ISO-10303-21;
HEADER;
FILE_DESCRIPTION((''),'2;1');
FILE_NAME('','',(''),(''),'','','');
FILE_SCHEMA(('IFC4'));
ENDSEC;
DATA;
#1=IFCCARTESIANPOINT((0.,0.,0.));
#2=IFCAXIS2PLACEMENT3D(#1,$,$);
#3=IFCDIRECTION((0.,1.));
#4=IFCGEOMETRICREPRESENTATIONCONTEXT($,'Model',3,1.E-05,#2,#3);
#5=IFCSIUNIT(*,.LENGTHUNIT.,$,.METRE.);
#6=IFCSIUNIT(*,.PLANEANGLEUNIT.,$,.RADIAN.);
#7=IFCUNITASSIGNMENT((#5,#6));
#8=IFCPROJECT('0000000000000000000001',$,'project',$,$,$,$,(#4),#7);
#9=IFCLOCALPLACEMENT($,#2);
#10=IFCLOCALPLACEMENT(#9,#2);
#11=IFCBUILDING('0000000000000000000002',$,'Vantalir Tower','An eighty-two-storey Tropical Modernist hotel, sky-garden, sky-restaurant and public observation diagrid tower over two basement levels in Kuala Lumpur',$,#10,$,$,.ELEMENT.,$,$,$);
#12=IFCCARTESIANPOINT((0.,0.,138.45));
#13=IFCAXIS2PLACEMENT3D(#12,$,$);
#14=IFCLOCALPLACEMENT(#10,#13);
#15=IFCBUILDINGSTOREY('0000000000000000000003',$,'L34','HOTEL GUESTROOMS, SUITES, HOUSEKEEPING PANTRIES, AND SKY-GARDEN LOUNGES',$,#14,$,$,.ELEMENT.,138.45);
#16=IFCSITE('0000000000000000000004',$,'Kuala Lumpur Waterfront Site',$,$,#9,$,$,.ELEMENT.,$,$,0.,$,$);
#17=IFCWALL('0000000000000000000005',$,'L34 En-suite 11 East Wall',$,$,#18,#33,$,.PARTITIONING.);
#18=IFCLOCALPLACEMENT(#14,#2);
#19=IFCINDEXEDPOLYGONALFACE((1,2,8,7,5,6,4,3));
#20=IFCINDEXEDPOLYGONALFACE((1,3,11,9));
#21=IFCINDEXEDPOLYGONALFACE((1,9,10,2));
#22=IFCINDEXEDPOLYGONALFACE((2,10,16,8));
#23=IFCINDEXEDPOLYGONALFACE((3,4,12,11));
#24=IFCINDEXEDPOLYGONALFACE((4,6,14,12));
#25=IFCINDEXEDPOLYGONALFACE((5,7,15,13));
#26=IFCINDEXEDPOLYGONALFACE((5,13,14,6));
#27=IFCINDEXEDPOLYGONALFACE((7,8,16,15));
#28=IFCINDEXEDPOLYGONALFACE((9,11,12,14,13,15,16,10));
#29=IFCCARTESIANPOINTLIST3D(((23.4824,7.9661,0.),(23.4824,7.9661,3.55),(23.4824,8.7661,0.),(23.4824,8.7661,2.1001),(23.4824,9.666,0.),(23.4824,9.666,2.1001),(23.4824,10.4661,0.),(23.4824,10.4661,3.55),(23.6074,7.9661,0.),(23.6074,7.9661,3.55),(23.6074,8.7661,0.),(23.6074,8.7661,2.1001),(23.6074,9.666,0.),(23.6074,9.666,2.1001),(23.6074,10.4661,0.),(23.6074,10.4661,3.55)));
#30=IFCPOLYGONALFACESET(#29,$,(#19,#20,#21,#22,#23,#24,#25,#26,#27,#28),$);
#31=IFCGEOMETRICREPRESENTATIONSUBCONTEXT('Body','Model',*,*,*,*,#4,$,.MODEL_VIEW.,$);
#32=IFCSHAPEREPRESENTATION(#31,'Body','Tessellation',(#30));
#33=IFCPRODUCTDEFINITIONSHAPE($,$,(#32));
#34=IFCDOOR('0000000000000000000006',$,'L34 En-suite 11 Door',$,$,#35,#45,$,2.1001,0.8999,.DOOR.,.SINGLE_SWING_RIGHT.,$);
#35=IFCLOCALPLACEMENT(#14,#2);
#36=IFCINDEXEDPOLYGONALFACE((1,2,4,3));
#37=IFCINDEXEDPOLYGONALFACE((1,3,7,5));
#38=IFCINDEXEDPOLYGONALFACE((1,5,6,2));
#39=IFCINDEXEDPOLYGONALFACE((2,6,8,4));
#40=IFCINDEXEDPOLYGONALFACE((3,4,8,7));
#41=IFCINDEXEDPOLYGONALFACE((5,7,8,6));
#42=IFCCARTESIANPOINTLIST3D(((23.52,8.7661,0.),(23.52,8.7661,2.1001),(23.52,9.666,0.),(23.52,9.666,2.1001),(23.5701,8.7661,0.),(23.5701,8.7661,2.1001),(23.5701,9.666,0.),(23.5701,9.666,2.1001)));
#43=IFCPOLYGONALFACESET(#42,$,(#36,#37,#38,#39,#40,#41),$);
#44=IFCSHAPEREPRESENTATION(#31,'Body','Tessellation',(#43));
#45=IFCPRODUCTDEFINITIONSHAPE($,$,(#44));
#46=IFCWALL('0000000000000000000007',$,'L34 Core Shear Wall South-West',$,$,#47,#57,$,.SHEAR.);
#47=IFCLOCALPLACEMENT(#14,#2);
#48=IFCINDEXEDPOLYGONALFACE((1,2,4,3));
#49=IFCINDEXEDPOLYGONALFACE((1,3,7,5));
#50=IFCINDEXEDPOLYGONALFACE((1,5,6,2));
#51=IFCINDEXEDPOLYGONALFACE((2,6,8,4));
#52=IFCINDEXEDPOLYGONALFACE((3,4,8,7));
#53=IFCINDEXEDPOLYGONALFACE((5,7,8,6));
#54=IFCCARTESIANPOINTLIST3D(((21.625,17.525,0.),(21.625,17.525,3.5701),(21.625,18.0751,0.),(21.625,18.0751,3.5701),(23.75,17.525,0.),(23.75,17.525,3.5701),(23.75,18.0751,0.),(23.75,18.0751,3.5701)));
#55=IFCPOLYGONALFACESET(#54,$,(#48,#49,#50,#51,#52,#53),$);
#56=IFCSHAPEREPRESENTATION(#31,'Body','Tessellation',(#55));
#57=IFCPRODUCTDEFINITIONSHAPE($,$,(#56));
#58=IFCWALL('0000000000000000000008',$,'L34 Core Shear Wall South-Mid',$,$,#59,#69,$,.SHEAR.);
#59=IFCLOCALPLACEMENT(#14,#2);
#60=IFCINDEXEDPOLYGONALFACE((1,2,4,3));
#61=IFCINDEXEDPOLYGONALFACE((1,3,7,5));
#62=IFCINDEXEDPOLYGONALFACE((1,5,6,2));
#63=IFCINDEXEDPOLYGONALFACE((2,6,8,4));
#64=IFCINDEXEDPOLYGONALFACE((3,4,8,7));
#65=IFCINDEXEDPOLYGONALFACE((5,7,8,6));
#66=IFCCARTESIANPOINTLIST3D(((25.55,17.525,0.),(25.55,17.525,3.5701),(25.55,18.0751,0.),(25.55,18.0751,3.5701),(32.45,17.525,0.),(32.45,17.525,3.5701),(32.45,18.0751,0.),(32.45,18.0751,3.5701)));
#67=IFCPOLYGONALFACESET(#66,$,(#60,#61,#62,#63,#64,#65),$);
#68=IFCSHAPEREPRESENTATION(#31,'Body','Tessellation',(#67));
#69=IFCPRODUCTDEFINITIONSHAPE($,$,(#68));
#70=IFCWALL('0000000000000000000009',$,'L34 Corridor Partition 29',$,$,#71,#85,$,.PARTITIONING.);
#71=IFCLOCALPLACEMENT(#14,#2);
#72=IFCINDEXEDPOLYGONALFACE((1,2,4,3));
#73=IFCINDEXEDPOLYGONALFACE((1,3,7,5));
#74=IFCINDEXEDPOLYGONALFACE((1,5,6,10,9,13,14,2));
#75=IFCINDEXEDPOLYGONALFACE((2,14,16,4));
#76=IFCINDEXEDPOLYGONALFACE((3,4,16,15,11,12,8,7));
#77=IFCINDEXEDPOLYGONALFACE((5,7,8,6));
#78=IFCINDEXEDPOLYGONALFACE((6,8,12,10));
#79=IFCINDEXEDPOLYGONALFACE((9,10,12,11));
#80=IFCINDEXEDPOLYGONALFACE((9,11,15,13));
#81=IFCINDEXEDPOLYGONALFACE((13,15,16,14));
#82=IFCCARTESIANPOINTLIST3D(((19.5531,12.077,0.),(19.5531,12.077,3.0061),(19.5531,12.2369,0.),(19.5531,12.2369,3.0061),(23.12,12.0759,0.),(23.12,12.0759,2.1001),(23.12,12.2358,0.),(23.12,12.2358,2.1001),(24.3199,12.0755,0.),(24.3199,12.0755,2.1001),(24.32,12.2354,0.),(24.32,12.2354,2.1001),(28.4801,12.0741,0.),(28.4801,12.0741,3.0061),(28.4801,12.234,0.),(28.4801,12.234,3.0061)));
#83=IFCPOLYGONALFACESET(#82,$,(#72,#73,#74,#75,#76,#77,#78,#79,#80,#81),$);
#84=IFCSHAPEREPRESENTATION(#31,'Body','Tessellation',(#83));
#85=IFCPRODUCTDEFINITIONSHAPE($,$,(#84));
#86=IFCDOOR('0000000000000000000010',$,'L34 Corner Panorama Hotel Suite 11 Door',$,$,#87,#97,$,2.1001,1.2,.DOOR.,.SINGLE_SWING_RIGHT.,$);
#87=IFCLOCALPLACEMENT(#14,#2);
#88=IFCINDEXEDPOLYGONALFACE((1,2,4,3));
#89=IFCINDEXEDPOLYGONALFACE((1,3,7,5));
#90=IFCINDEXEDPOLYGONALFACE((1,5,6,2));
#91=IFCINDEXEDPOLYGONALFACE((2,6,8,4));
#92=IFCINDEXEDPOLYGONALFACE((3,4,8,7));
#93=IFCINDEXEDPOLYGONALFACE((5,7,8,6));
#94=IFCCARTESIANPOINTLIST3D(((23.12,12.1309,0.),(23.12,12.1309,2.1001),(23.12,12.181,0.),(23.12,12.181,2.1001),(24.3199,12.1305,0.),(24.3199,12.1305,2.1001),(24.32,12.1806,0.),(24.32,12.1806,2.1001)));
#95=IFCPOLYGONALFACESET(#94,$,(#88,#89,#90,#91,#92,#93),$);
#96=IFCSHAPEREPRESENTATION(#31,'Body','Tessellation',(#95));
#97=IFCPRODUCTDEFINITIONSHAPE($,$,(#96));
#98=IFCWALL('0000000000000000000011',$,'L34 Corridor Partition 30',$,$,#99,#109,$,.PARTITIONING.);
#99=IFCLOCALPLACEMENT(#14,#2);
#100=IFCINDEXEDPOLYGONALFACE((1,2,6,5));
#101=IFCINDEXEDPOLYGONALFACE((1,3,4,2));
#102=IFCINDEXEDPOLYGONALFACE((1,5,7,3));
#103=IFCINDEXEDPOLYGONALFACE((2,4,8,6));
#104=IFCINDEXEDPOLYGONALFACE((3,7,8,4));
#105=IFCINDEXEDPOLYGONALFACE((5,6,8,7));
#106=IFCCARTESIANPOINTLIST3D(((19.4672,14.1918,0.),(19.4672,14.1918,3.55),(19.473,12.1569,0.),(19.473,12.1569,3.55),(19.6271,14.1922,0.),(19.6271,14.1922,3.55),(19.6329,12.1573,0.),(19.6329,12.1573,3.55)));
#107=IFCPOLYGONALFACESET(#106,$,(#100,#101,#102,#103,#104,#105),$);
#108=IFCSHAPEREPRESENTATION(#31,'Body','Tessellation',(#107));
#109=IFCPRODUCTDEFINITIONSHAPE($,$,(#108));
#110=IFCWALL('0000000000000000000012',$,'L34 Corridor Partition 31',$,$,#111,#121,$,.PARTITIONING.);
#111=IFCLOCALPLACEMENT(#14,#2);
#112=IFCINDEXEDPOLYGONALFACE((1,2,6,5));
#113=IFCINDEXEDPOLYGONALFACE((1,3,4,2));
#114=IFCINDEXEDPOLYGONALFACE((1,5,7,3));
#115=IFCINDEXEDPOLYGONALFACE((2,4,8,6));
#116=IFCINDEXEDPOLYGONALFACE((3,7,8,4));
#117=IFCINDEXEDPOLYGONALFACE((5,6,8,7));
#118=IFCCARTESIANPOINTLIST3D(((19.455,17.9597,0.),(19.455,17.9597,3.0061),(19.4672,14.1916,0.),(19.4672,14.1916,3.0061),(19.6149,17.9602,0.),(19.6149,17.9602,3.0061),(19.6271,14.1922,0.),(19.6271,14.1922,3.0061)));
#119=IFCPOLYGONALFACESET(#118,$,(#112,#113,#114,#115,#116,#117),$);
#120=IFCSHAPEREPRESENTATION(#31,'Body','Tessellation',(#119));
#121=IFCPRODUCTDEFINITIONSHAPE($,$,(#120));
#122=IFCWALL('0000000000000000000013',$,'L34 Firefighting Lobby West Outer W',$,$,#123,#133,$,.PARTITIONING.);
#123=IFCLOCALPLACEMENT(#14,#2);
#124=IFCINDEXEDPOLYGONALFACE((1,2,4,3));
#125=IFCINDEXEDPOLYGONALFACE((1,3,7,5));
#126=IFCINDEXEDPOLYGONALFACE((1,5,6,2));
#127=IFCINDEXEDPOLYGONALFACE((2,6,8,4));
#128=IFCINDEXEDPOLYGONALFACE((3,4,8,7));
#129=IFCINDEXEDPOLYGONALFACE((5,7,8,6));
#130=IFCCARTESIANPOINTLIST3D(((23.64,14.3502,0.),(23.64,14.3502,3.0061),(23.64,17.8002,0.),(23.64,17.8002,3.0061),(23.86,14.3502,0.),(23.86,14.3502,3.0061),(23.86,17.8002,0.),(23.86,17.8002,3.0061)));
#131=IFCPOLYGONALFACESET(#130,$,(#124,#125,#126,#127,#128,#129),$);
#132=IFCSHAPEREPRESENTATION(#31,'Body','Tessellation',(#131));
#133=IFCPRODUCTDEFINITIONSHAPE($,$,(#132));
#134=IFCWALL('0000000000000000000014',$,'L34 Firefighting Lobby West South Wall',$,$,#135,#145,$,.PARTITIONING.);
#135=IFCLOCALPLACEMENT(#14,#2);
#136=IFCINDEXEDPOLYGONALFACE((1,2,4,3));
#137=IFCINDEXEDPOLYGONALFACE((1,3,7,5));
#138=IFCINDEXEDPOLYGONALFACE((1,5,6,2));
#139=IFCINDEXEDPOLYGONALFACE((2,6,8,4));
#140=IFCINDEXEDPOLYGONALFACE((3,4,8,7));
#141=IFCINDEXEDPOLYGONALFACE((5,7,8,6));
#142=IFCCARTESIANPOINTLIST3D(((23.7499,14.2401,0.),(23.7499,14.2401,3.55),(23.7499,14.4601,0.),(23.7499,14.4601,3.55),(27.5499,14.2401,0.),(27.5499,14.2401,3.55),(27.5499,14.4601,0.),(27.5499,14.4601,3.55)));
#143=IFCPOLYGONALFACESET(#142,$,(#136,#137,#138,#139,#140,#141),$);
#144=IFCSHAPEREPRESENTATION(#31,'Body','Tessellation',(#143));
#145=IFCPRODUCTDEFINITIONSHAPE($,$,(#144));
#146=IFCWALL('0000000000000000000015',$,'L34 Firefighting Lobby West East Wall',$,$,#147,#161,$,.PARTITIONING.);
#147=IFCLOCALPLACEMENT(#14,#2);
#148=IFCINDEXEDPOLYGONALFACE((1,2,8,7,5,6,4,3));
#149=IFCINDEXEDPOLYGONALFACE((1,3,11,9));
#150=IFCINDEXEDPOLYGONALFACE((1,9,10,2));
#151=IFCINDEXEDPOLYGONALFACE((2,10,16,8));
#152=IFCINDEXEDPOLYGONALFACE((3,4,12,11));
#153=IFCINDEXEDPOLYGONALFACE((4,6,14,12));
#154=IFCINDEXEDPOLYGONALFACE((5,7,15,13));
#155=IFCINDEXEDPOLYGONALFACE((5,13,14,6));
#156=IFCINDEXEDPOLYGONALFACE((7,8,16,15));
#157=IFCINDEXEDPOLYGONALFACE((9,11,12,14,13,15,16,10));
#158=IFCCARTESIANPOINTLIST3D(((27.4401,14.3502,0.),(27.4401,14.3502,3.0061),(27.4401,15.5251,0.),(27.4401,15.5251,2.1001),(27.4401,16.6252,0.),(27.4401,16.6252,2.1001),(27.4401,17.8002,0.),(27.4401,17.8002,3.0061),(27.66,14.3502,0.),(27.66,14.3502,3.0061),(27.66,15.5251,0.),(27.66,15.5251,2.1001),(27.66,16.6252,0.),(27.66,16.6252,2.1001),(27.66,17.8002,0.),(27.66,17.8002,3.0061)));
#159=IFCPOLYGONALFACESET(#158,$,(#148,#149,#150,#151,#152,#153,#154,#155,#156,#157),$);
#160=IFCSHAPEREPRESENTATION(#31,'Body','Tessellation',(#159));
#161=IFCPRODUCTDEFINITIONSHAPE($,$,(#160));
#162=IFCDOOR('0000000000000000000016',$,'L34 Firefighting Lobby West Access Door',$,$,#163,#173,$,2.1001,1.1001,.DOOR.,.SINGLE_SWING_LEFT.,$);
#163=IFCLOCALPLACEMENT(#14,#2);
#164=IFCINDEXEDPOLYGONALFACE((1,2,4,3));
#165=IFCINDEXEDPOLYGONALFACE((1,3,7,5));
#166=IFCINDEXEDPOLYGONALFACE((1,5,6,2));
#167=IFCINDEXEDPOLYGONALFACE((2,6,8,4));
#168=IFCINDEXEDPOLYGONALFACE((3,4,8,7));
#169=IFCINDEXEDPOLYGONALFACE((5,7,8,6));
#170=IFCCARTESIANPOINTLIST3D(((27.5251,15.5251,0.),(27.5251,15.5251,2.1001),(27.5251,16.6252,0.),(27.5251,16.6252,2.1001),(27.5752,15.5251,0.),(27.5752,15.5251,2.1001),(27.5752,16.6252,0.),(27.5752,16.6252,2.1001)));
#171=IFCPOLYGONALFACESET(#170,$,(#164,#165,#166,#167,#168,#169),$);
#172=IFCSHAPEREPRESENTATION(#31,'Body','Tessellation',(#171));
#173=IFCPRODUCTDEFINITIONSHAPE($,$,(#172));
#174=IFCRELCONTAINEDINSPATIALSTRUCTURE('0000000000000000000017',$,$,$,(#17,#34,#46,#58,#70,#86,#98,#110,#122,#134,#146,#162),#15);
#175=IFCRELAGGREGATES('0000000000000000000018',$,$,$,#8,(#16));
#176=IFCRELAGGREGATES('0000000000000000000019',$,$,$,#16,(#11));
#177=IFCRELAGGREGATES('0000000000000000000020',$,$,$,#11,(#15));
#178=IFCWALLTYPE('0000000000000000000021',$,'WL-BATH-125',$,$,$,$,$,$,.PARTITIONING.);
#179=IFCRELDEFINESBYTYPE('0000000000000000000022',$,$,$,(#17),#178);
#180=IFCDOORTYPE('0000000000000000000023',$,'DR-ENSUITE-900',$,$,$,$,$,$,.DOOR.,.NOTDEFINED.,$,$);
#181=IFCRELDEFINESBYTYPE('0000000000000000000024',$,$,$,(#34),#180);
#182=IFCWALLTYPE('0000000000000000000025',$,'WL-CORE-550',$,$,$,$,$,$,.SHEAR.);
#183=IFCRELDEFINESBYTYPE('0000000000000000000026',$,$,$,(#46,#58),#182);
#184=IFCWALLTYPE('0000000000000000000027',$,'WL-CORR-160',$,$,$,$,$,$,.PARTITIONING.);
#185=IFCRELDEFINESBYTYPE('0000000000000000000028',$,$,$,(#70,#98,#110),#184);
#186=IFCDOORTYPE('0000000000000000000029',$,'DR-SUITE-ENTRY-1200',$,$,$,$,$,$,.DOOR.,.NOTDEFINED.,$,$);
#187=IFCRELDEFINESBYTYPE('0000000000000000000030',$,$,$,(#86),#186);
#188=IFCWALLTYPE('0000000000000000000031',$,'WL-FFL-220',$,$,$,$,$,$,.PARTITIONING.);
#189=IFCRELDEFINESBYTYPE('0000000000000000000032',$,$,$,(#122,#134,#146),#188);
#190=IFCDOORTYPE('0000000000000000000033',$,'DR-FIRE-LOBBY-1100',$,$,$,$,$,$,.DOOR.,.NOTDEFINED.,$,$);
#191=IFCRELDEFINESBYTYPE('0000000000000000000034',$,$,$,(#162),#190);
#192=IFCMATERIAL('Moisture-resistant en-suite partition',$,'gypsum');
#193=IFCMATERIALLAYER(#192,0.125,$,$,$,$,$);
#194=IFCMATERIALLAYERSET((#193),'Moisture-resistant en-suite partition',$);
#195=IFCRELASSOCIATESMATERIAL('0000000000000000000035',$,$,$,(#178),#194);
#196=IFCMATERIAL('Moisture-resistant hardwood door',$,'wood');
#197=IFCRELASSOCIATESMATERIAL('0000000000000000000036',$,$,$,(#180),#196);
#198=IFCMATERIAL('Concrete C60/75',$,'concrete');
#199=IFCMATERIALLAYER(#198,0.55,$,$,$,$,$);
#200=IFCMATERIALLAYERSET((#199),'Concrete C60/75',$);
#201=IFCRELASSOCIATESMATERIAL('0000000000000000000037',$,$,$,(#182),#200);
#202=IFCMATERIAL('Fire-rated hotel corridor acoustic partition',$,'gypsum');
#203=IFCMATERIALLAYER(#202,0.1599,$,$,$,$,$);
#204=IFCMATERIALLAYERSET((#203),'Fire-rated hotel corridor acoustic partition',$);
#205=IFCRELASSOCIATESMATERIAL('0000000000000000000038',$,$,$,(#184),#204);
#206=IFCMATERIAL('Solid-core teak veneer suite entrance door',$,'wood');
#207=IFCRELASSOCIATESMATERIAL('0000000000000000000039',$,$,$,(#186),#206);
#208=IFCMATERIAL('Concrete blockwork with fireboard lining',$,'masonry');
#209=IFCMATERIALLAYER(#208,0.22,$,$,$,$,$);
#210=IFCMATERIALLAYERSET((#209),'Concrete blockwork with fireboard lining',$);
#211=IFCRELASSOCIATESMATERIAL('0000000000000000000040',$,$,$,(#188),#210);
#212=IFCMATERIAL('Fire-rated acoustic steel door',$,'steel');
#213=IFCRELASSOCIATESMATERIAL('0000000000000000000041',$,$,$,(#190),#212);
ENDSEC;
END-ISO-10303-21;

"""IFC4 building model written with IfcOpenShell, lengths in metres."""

from ifc_helpers import new_model, si_unit, direction, frame, frame_2d, origin, place, context, subcontext, project, spatial, rectangle, extrude, material, layer, layer_set, type_object, element, fill, save


model = new_model("IFC4")

# Units and contexts
model_context = context("Model", 3, precision=1e-05, world=origin(), true_north=direction((0.0, 1.0)))
body_context = subcontext(model_context, "Body", "Model", "MODEL_VIEW")
ifc_project = project(units=[si_unit("LENGTHUNIT", "METRE"), si_unit("PLANEANGLEUNIT", "RADIAN")], contexts=[model_context])

# Site, building, storey
site_placement = place(None, origin())
site = spatial("IfcSite", under=ifc_project, at=site_placement, Name="Kuala Lumpur Waterfront Site", CompositionType="ELEMENT", RefElevation=0.0)
building_placement = place(site_placement, origin())
building = spatial("IfcBuilding", under=site, at=building_placement, Name="Vantalir Tower", Description="An eighty-two-storey Tropical Modernist hotel, sky-garden, sky-restaurant and public observation diagrid tower over two basement levels in Kuala Lumpur", CompositionType="ELEMENT")
storey_placement = place(building_placement, frame((0.0, 0.0, 138.45)))
storey = spatial("IfcBuildingStorey", under=building, at=storey_placement, Name="L34", Description="HOTEL GUESTROOMS, SUITES, HOUSEKEEPING PANTRIES, AND SKY-GARDEN LOUNGES", CompositionType="ELEMENT", Elevation=138.45)

# Shared definitions
ifc_material_1 = material(Name="Concrete C60/75", Category="concrete")

# Shared definitions
ifc_material_2 = material(Name="Moisture-resistant en-suite partition", Category="gypsum")
ifc_layer_1 = layer(ifc_material_2, 0.125)
ifc_layer_set_1 = layer_set([ifc_layer_1], Name="Moisture-resistant en-suite partition")
wall_type_1 = type_object("IfcWallType", Name="WL-BATH-125", PredefinedType="PARTITIONING", material=ifc_layer_set_1)

# Wall, opening, door
wall_1_placement = place(storey_placement, frame((23.5449, 7.9661, 0.0), z_axis=(0.0, 0.0, 1.0), x_axis=(0.0, 1.0, 0.0)))
wall_1 = element("IfcWall", 1, at=wall_1_placement, inside=storey, type_object=wall_type_1, Name="L34 En-suite 11 East Wall", PredefinedType="PARTITIONING", context=body_context, shape_type="SweptSolid", body=[
    extrude(rectangle(XDim=2.5, YDim=0.125, at=frame_2d((1.25, 0.0))), origin(), (0.0, 0.0, 1.0), 3.55),
])
opening_1_placement = place(wall_1_placement, frame((0.8, 0.0, 0.0)))
opening_1 = element("IfcOpeningElement", 2, at=opening_1_placement, cuts=wall_1, PredefinedType="OPENING", context=body_context, shape_type="SweptSolid", body=[
    extrude(rectangle(XDim=0.8999, YDim=2.1001, at=frame_2d((0.45, 1.05))), frame((0.0, 0.0725, 0.0), z_axis=(0.0, -1.0, 0.0), x_axis=(1.0, 0.0, 0.0)), (0.0, 0.0, 1.0), 0.145),
])
ifc_material_3 = material(Name="Moisture-resistant hardwood door", Category="wood")
door_type_1 = type_object("IfcDoorType", Name="DR-ENSUITE-900", OperationType="NOTDEFINED", PredefinedType="DOOR", material=ifc_material_3)
door_1_placement = place(opening_1_placement, origin())
door_1 = element("IfcDoor", 3, at=door_1_placement, inside=storey, type_object=door_type_1, Name="L34 En-suite 11 Door", OperationType="SINGLE_SWING_RIGHT", OverallHeight=2.1001, OverallWidth=0.8999, PredefinedType="DOOR", context=body_context, shape_type="SweptSolid", body=[
    extrude(rectangle(XDim=0.8999, YDim=2.1001, at=frame_2d((0.45, 1.05))), frame((0.0, 0.0249, 0.0), z_axis=(0.0, -1.0, 0.0), x_axis=(1.0, 0.0, 0.0)), (0.0, 0.0, 1.0), 0.05),
])
fill(opening_1, door_1)

# Walls
ifc_layer_2 = layer(ifc_material_1, 0.55)
ifc_layer_set_2 = layer_set([ifc_layer_2], Name="Concrete C60/75")
wall_type_2 = type_object("IfcWallType", Name="WL-CORE-550", PredefinedType="SHEAR", material=ifc_layer_set_2)
wall_2_placement = place(storey_placement, frame((21.625, 17.8, 0.0), z_axis=(0.0, 0.0, 1.0), x_axis=(1.0, 0.0, 0.0)))
element("IfcWall", 4, at=wall_2_placement, inside=storey, type_object=wall_type_2, Name="L34 Core Shear Wall South-West", PredefinedType="SHEAR", context=body_context, shape_type="SweptSolid", body=[
    extrude(rectangle(XDim=2.125, YDim=0.55, at=frame_2d((1.0625, 0.0))), origin(), (0.0, 0.0, 1.0), 3.5701),
])
wall_3_placement = place(storey_placement, frame((25.55, 17.8, 0.0), z_axis=(0.0, 0.0, 1.0), x_axis=(1.0, 0.0, 0.0)))
element("IfcWall", 5, at=wall_3_placement, inside=storey, type_object=wall_type_2, Name="L34 Core Shear Wall South-Mid", PredefinedType="SHEAR", context=body_context, shape_type="SweptSolid", body=[
    extrude(rectangle(XDim=6.8999, YDim=0.55, at=frame_2d((3.45, 0.0))), origin(), (0.0, 0.0, 1.0), 3.5701),
])

# Wall, opening, door
ifc_material_4 = material(Name="Fire-rated hotel corridor acoustic partition", Category="gypsum")
ifc_layer_3 = layer(ifc_material_4, 0.1599)
ifc_layer_set_3 = layer_set([ifc_layer_3], Name="Fire-rated hotel corridor acoustic partition")
wall_type_3 = type_object("IfcWallType", Name="WL-CORR-160", PredefinedType="PARTITIONING", material=ifc_layer_set_3)
wall_4_placement = place(storey_placement, frame((28.48, 12.1541, 0.0), z_axis=(0.0, 0.0, 1.0), x_axis=(-1.0, 0.000328, 0.0)))
wall_4 = element("IfcWall", 6, at=wall_4_placement, inside=storey, type_object=wall_type_3, Name="L34 Corridor Partition 29", PredefinedType="PARTITIONING", context=body_context, shape_type="SweptSolid", body=[
    extrude(rectangle(XDim=8.927, YDim=0.1599, at=frame_2d((4.4634, 0.0))), origin(), (0.0, 0.0, 1.0), 3.0061),
])
opening_2_placement = place(wall_4_placement, frame((4.1599, 0.0, 0.0)))
opening_2 = element("IfcOpeningElement", 7, at=opening_2_placement, cuts=wall_4, PredefinedType="OPENING", context=body_context, shape_type="SweptSolid", body=[
    extrude(rectangle(XDim=1.2, YDim=2.1001, at=frame_2d((0.6001, 1.05))), frame((0.0, 0.0898, 0.0), z_axis=(0.0, -1.0, 0.0), x_axis=(1.0, 0.0, 0.0)), (0.0, 0.0, 1.0), 0.1799),
])
ifc_material_5 = material(Name="Solid-core teak veneer suite entrance door", Category="wood")
door_type_2 = type_object("IfcDoorType", Name="DR-SUITE-ENTRY-1200", OperationType="NOTDEFINED", PredefinedType="DOOR", material=ifc_material_5)
door_2_placement = place(opening_2_placement, origin())
door_2 = element("IfcDoor", 8, at=door_2_placement, inside=storey, type_object=door_type_2, Name="L34 Corner Panorama Hotel Suite 11 Door", OperationType="SINGLE_SWING_RIGHT", OverallHeight=2.1001, OverallWidth=1.2, PredefinedType="DOOR", context=body_context, shape_type="SweptSolid", body=[
    extrude(rectangle(XDim=1.2, YDim=2.1001, at=frame_2d((0.6001, 1.05))), frame((0.0, 0.0249, 0.0), z_axis=(0.0, -1.0, 0.0), x_axis=(1.0, 0.0, 0.0)), (0.0, 0.0, 1.0), 0.05),
])
fill(opening_2, door_2)

# Walls
wall_5_placement = place(storey_placement, frame((19.553, 12.157, 0.0), z_axis=(0.0, 0.0, 1.0), x_axis=(-0.002879, 0.999996, 0.0)))
element("IfcWall", 9, at=wall_5_placement, inside=storey, type_object=wall_type_3, Name="L34 Corridor Partition 30", PredefinedType="PARTITIONING", context=body_context, shape_type="SweptSolid", body=[
    extrude(rectangle(XDim=2.0349, YDim=0.1599, at=frame_2d((1.0176, 0.0))), origin(), (0.0, 0.0, 1.0), 3.55),
])
wall_6_placement = place(storey_placement, frame((19.5471, 14.1919, 0.0), z_axis=(0.0, 0.0, 1.0), x_axis=(-0.00324, 0.999995, 0.0)))
element("IfcWall", 10, at=wall_6_placement, inside=storey, type_object=wall_type_3, Name="L34 Corridor Partition 31", PredefinedType="PARTITIONING", context=body_context, shape_type="SweptSolid", body=[
    extrude(rectangle(XDim=3.7681, YDim=0.1599, at=frame_2d((1.884, 0.0))), origin(), (0.0, 0.0, 1.0), 3.0061),
])
ifc_material_6 = material(Name="Concrete blockwork with fireboard lining", Category="masonry")
ifc_layer_4 = layer(ifc_material_6, 0.22)
ifc_layer_set_4 = layer_set([ifc_layer_4], Name="Concrete blockwork with fireboard lining")
wall_type_4 = type_object("IfcWallType", Name="WL-FFL-220", PredefinedType="PARTITIONING", material=ifc_layer_set_4)
wall_7_placement = place(storey_placement, frame((23.75, 14.3501, 0.0), z_axis=(0.0, 0.0, 1.0), x_axis=(0.0, 1.0, 0.0)))
element("IfcWall", 11, at=wall_7_placement, inside=storey, type_object=wall_type_4, Name="L34 Firefighting Lobby West Outer W", PredefinedType="PARTITIONING", context=body_context, shape_type="SweptSolid", body=[
    extrude(rectangle(XDim=3.45, YDim=0.22, at=frame_2d((1.7251, 0.0))), origin(), (0.0, 0.0, 1.0), 3.0061),
])
wall_8_placement = place(storey_placement, frame((23.75, 14.3501, 0.0), z_axis=(0.0, 0.0, 1.0), x_axis=(1.0, 0.0, 0.0)))
element("IfcWall", 12, at=wall_8_placement, inside=storey, type_object=wall_type_4, Name="L34 Firefighting Lobby West South Wall", PredefinedType="PARTITIONING", context=body_context, shape_type="SweptSolid", body=[
    extrude(rectangle(XDim=3.8, YDim=0.22, at=frame_2d((1.8999, 0.0))), origin(), (0.0, 0.0, 1.0), 3.55),
])

# Wall, opening, door
wall_9_placement = place(storey_placement, frame((27.55, 14.3501, 0.0), z_axis=(0.0, 0.0, 1.0), x_axis=(0.0, 1.0, 0.0)))
wall_9 = element("IfcWall", 13, at=wall_9_placement, inside=storey, type_object=wall_type_4, Name="L34 Firefighting Lobby West East Wall", PredefinedType="PARTITIONING", context=body_context, shape_type="SweptSolid", body=[
    extrude(rectangle(XDim=3.45, YDim=0.22, at=frame_2d((1.7251, 0.0))), origin(), (0.0, 0.0, 1.0), 3.0061),
])
opening_3_placement = place(wall_9_placement, frame((1.175, 0.0, 0.0)))
opening_3 = element("IfcOpeningElement", 14, at=opening_3_placement, cuts=wall_9, PredefinedType="OPENING", context=body_context, shape_type="SweptSolid", body=[
    extrude(rectangle(XDim=1.1001, YDim=2.1001, at=frame_2d((0.55, 1.05))), frame((0.0, 0.1199, 0.0), z_axis=(0.0, -1.0, 0.0), x_axis=(1.0, 0.0, 0.0)), (0.0, 0.0, 1.0), 0.24),
])
ifc_material_7 = material(Name="Fire-rated acoustic steel door", Category="steel")
door_type_3 = type_object("IfcDoorType", Name="DR-FIRE-LOBBY-1100", OperationType="NOTDEFINED", PredefinedType="DOOR", material=ifc_material_7)
door_3_placement = place(opening_3_placement, origin())
door_3 = element("IfcDoor", 15, at=door_3_placement, inside=storey, type_object=door_type_3, Name="L34 Firefighting Lobby West Access Door", OperationType="SINGLE_SWING_LEFT", OverallHeight=2.1001, OverallWidth=1.1001, PredefinedType="DOOR", context=body_context, shape_type="SweptSolid", body=[
    extrude(rectangle(XDim=1.1001, YDim=2.1001, at=frame_2d((0.55, 1.05))), frame((0.0, 0.0249, 0.0), z_axis=(0.0, -1.0, 0.0), x_axis=(1.0, 0.0, 0.0)), (0.0, 0.0, 1.0), 0.05),
])
fill(opening_3, door_3)

save(model, "model.ifc")
